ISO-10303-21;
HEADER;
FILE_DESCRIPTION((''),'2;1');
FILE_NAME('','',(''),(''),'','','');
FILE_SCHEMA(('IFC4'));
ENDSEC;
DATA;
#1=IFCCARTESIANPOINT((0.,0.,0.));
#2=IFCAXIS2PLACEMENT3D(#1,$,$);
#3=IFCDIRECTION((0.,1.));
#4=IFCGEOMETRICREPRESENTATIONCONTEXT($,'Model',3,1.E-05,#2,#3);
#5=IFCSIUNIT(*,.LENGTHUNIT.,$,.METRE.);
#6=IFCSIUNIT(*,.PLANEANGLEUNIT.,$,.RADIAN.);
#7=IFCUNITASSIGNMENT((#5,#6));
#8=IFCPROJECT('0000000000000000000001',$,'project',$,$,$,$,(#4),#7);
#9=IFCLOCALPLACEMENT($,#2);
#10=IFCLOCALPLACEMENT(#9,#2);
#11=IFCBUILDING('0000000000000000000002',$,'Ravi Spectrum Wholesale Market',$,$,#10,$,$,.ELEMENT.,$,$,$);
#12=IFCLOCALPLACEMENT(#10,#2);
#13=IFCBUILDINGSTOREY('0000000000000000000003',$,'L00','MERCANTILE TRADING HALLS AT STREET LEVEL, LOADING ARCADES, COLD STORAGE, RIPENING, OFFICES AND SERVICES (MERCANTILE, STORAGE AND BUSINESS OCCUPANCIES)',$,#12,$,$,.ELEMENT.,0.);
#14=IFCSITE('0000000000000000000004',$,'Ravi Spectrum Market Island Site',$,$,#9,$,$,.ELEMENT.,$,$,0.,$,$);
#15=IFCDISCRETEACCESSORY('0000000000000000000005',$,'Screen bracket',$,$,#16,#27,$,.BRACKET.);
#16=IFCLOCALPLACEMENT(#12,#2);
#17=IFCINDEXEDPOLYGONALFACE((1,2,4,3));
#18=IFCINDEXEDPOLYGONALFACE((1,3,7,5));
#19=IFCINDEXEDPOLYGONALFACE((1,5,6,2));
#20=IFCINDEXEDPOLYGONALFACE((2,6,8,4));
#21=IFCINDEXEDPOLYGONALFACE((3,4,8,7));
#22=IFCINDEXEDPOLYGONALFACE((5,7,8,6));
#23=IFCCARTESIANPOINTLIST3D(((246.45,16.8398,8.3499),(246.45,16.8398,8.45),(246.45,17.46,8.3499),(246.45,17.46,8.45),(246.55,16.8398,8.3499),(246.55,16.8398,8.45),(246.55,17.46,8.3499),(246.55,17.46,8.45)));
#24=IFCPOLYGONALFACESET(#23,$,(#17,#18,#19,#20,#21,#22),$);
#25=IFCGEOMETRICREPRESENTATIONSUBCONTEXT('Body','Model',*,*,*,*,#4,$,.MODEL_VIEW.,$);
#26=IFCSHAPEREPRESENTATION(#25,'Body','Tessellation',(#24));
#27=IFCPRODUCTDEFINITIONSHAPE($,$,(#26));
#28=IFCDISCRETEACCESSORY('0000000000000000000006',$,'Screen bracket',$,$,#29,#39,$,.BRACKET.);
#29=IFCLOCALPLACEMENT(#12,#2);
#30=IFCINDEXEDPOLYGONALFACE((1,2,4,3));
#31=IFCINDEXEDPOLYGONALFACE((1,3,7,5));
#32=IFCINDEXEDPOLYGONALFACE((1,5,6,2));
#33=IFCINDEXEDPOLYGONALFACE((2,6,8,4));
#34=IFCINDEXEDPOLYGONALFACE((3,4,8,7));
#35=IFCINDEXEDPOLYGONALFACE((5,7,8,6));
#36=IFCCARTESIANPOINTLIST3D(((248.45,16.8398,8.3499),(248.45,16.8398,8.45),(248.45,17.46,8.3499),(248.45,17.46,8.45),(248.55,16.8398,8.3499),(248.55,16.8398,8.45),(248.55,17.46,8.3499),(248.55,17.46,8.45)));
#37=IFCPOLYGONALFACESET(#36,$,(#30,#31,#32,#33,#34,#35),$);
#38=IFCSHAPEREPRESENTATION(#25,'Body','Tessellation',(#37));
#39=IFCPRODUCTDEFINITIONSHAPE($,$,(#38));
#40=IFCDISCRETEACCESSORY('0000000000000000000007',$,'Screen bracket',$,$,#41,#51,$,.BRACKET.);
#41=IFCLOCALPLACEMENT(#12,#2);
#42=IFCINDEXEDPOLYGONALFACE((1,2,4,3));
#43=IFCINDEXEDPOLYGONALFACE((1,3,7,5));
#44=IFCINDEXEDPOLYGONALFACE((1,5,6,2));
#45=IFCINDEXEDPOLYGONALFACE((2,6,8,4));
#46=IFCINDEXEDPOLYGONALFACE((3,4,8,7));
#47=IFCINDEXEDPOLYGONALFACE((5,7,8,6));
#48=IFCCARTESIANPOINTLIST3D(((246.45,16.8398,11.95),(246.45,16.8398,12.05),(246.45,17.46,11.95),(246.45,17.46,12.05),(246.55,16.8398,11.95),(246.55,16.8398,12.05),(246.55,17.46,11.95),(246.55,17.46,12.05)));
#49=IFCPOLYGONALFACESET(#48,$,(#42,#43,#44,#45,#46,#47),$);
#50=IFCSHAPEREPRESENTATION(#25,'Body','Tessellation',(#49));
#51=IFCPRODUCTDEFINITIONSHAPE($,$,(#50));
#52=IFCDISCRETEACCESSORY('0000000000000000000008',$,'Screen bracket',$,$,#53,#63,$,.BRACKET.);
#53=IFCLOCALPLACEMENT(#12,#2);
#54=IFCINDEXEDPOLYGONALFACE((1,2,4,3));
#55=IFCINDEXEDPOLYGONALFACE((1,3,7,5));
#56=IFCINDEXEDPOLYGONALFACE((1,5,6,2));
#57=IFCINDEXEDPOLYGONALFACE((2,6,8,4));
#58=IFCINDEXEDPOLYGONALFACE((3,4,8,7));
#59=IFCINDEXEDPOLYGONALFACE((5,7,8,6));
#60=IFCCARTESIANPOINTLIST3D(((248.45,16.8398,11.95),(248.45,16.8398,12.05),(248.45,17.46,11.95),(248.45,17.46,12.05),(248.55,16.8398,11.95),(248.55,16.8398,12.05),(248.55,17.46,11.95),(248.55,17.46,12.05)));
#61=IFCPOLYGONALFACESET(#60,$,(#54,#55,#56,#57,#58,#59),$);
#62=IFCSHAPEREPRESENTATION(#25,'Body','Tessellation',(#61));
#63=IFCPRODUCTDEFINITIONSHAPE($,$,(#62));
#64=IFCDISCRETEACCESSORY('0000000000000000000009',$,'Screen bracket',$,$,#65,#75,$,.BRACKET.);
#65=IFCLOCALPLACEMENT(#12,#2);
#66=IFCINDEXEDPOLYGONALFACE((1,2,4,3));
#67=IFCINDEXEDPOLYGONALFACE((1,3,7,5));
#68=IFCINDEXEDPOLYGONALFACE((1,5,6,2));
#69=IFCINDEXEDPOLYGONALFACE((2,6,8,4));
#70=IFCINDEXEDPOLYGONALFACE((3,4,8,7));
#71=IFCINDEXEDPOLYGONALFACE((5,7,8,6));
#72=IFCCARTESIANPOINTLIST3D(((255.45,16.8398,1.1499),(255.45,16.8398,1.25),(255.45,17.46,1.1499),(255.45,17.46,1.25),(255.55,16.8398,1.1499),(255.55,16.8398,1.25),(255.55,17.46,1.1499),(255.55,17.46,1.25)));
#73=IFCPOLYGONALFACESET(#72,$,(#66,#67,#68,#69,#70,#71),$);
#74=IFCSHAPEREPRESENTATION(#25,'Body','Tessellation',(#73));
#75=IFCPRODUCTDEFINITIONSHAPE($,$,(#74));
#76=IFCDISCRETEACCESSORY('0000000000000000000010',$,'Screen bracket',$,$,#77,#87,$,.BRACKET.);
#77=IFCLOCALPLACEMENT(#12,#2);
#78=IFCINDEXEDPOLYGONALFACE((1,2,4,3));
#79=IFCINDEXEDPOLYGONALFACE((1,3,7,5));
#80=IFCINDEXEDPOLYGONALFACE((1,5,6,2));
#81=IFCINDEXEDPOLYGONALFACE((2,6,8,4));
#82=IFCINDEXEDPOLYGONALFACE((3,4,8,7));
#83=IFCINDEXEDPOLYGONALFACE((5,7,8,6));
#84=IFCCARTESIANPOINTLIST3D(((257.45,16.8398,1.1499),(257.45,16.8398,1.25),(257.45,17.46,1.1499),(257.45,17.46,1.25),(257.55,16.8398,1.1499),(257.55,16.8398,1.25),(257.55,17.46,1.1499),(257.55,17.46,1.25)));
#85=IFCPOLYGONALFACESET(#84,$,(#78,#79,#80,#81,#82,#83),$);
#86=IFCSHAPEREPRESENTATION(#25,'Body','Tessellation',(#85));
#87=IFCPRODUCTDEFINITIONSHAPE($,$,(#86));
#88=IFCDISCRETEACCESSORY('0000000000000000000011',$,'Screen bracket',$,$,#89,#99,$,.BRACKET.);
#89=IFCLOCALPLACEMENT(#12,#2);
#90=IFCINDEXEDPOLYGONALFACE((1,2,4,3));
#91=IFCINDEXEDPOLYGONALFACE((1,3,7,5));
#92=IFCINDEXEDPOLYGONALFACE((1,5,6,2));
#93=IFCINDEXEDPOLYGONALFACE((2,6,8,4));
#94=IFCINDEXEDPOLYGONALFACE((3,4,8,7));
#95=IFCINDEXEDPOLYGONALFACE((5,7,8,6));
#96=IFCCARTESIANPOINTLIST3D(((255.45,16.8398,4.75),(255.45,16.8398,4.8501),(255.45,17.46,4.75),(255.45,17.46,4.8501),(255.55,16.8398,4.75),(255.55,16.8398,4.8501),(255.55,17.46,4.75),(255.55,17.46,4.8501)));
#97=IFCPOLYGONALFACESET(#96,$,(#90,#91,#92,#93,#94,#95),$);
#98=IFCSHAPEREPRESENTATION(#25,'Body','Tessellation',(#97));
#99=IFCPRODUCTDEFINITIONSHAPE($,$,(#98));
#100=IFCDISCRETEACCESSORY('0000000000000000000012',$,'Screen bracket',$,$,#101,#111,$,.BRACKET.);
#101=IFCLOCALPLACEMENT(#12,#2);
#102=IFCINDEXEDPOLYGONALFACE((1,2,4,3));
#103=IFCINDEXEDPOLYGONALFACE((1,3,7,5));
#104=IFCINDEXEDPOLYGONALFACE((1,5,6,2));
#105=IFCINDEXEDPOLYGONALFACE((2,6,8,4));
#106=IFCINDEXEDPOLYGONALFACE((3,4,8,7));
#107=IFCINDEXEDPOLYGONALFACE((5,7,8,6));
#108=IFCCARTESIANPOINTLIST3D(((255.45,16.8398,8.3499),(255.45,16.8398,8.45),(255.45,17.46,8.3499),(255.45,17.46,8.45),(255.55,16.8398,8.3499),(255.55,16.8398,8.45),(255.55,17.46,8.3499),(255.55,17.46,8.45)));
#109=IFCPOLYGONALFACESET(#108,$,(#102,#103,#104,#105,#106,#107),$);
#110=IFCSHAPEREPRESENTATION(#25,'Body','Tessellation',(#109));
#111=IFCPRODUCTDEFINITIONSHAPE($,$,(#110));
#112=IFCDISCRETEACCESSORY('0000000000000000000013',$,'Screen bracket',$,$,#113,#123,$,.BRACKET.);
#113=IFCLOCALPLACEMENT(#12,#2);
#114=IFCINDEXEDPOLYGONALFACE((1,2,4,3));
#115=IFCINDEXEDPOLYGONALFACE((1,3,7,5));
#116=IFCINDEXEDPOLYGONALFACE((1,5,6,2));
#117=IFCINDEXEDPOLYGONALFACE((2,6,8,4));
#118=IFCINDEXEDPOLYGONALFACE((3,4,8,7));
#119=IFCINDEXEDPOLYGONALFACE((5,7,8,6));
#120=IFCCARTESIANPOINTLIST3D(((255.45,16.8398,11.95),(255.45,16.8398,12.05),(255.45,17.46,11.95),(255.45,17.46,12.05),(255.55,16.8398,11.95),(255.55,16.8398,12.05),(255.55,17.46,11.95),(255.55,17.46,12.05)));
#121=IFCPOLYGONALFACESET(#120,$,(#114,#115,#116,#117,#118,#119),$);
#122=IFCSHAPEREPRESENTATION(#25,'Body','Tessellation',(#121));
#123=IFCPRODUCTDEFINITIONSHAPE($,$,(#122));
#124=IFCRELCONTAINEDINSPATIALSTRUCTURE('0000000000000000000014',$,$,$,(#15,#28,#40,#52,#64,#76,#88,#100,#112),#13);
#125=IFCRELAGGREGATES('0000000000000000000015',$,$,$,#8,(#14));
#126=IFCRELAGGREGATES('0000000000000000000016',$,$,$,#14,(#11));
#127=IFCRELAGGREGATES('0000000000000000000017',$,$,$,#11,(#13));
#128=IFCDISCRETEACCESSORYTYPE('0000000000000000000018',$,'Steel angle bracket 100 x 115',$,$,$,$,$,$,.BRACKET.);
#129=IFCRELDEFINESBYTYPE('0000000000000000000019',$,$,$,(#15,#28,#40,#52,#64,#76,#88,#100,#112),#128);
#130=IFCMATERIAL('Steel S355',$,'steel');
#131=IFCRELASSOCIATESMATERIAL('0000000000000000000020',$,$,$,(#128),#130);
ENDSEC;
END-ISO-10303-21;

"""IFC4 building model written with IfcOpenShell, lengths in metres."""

from ifc_helpers import new_model, si_unit, direction, frame, origin, origin_2d, place, context, subcontext, project, spatial, rectangle, extrude, material, type_object, element, save


model = new_model("IFC4")

# Units and contexts
model_context = context("Model", 3, precision=1e-05, world=origin(), true_north=direction((0.0, 1.0)))
body_context = subcontext(model_context, "Body", "Model", "MODEL_VIEW")
ifc_project = project(units=[si_unit("LENGTHUNIT", "METRE"), si_unit("PLANEANGLEUNIT", "RADIAN")], contexts=[model_context])

# Site, building, storey
site_placement = place(None, origin())
site = spatial("IfcSite", under=ifc_project, at=site_placement, Name="Ravi Spectrum Market Island Site", CompositionType="ELEMENT", RefElevation=0.0)
building_placement = place(site_placement, origin())
building = spatial("IfcBuilding", under=site, at=building_placement, Name="Ravi Spectrum Wholesale Market", CompositionType="ELEMENT")
storey_placement = place(building_placement, origin())
storey = spatial("IfcBuildingStorey", under=building, at=storey_placement, Name="L00", Description="MERCANTILE TRADING HALLS AT STREET LEVEL, LOADING ARCADES, COLD STORAGE, RIPENING, OFFICES AND SERVICES (MERCANTILE, STORAGE AND BUSINESS OCCUPANCIES)", CompositionType="ELEMENT", Elevation=0.0)

# Discrete accessories
ifc_material_1 = material(Name="Steel S355", Category="steel")
discrete_accessory_type = type_object("IfcDiscreteAccessoryType", Name="Steel angle bracket 100 x 115", PredefinedType="BRACKET", material=ifc_material_1)
for number, where, z_axis, x_axis, name in (
    (1, (246.5, 17.1499, 8.3499), (0.0, 0.0, 1.0), (1.0, 0.0, 0.0), "Screen bracket"),
    (2, (248.5, 17.1499, 8.3499), (0.0, 0.0, 1.0), (1.0, 0.0, 0.0), "Screen bracket"),
    (3, (246.5, 17.1499, 11.95), (0.0, 0.0, 1.0), (1.0, 0.0, 0.0), "Screen bracket"),
    (4, (248.5, 17.1499, 11.95), (0.0, 0.0, 1.0), (1.0, 0.0, 0.0), "Screen bracket"),
    (5, (255.5, 17.1499, 1.1499), (0.0, 0.0, 1.0), (1.0, 0.0, 0.0), "Screen bracket"),
    (6, (257.5, 17.1499, 1.1499), (0.0, 0.0, 1.0), (1.0, 0.0, 0.0), "Screen bracket"),
    (7, (255.5, 17.1499, 4.75), (0.0, 0.0, 1.0), (1.0, 0.0, 0.0), "Screen bracket"),
    (8, (255.5, 17.1499, 8.3499), (0.0, 0.0, 1.0), (1.0, 0.0, 0.0), "Screen bracket"),
    (9, (255.5, 17.1499, 11.95), (0.0, 0.0, 1.0), (1.0, 0.0, 0.0), "Screen bracket"),
):
    element("IfcDiscreteAccessory", number, at=place(storey_placement, frame(where, z_axis=z_axis, x_axis=x_axis)), inside=storey, type_object=discrete_accessory_type, Name=name, PredefinedType="BRACKET", context=body_context, shape_type="SweptSolid", body=[
        extrude(rectangle(XDim=0.1001, YDim=0.6201, at=origin_2d()), origin(), (0.0, 0.0, 1.0), 0.1001),
    ])

save(model, "model.ifc")
